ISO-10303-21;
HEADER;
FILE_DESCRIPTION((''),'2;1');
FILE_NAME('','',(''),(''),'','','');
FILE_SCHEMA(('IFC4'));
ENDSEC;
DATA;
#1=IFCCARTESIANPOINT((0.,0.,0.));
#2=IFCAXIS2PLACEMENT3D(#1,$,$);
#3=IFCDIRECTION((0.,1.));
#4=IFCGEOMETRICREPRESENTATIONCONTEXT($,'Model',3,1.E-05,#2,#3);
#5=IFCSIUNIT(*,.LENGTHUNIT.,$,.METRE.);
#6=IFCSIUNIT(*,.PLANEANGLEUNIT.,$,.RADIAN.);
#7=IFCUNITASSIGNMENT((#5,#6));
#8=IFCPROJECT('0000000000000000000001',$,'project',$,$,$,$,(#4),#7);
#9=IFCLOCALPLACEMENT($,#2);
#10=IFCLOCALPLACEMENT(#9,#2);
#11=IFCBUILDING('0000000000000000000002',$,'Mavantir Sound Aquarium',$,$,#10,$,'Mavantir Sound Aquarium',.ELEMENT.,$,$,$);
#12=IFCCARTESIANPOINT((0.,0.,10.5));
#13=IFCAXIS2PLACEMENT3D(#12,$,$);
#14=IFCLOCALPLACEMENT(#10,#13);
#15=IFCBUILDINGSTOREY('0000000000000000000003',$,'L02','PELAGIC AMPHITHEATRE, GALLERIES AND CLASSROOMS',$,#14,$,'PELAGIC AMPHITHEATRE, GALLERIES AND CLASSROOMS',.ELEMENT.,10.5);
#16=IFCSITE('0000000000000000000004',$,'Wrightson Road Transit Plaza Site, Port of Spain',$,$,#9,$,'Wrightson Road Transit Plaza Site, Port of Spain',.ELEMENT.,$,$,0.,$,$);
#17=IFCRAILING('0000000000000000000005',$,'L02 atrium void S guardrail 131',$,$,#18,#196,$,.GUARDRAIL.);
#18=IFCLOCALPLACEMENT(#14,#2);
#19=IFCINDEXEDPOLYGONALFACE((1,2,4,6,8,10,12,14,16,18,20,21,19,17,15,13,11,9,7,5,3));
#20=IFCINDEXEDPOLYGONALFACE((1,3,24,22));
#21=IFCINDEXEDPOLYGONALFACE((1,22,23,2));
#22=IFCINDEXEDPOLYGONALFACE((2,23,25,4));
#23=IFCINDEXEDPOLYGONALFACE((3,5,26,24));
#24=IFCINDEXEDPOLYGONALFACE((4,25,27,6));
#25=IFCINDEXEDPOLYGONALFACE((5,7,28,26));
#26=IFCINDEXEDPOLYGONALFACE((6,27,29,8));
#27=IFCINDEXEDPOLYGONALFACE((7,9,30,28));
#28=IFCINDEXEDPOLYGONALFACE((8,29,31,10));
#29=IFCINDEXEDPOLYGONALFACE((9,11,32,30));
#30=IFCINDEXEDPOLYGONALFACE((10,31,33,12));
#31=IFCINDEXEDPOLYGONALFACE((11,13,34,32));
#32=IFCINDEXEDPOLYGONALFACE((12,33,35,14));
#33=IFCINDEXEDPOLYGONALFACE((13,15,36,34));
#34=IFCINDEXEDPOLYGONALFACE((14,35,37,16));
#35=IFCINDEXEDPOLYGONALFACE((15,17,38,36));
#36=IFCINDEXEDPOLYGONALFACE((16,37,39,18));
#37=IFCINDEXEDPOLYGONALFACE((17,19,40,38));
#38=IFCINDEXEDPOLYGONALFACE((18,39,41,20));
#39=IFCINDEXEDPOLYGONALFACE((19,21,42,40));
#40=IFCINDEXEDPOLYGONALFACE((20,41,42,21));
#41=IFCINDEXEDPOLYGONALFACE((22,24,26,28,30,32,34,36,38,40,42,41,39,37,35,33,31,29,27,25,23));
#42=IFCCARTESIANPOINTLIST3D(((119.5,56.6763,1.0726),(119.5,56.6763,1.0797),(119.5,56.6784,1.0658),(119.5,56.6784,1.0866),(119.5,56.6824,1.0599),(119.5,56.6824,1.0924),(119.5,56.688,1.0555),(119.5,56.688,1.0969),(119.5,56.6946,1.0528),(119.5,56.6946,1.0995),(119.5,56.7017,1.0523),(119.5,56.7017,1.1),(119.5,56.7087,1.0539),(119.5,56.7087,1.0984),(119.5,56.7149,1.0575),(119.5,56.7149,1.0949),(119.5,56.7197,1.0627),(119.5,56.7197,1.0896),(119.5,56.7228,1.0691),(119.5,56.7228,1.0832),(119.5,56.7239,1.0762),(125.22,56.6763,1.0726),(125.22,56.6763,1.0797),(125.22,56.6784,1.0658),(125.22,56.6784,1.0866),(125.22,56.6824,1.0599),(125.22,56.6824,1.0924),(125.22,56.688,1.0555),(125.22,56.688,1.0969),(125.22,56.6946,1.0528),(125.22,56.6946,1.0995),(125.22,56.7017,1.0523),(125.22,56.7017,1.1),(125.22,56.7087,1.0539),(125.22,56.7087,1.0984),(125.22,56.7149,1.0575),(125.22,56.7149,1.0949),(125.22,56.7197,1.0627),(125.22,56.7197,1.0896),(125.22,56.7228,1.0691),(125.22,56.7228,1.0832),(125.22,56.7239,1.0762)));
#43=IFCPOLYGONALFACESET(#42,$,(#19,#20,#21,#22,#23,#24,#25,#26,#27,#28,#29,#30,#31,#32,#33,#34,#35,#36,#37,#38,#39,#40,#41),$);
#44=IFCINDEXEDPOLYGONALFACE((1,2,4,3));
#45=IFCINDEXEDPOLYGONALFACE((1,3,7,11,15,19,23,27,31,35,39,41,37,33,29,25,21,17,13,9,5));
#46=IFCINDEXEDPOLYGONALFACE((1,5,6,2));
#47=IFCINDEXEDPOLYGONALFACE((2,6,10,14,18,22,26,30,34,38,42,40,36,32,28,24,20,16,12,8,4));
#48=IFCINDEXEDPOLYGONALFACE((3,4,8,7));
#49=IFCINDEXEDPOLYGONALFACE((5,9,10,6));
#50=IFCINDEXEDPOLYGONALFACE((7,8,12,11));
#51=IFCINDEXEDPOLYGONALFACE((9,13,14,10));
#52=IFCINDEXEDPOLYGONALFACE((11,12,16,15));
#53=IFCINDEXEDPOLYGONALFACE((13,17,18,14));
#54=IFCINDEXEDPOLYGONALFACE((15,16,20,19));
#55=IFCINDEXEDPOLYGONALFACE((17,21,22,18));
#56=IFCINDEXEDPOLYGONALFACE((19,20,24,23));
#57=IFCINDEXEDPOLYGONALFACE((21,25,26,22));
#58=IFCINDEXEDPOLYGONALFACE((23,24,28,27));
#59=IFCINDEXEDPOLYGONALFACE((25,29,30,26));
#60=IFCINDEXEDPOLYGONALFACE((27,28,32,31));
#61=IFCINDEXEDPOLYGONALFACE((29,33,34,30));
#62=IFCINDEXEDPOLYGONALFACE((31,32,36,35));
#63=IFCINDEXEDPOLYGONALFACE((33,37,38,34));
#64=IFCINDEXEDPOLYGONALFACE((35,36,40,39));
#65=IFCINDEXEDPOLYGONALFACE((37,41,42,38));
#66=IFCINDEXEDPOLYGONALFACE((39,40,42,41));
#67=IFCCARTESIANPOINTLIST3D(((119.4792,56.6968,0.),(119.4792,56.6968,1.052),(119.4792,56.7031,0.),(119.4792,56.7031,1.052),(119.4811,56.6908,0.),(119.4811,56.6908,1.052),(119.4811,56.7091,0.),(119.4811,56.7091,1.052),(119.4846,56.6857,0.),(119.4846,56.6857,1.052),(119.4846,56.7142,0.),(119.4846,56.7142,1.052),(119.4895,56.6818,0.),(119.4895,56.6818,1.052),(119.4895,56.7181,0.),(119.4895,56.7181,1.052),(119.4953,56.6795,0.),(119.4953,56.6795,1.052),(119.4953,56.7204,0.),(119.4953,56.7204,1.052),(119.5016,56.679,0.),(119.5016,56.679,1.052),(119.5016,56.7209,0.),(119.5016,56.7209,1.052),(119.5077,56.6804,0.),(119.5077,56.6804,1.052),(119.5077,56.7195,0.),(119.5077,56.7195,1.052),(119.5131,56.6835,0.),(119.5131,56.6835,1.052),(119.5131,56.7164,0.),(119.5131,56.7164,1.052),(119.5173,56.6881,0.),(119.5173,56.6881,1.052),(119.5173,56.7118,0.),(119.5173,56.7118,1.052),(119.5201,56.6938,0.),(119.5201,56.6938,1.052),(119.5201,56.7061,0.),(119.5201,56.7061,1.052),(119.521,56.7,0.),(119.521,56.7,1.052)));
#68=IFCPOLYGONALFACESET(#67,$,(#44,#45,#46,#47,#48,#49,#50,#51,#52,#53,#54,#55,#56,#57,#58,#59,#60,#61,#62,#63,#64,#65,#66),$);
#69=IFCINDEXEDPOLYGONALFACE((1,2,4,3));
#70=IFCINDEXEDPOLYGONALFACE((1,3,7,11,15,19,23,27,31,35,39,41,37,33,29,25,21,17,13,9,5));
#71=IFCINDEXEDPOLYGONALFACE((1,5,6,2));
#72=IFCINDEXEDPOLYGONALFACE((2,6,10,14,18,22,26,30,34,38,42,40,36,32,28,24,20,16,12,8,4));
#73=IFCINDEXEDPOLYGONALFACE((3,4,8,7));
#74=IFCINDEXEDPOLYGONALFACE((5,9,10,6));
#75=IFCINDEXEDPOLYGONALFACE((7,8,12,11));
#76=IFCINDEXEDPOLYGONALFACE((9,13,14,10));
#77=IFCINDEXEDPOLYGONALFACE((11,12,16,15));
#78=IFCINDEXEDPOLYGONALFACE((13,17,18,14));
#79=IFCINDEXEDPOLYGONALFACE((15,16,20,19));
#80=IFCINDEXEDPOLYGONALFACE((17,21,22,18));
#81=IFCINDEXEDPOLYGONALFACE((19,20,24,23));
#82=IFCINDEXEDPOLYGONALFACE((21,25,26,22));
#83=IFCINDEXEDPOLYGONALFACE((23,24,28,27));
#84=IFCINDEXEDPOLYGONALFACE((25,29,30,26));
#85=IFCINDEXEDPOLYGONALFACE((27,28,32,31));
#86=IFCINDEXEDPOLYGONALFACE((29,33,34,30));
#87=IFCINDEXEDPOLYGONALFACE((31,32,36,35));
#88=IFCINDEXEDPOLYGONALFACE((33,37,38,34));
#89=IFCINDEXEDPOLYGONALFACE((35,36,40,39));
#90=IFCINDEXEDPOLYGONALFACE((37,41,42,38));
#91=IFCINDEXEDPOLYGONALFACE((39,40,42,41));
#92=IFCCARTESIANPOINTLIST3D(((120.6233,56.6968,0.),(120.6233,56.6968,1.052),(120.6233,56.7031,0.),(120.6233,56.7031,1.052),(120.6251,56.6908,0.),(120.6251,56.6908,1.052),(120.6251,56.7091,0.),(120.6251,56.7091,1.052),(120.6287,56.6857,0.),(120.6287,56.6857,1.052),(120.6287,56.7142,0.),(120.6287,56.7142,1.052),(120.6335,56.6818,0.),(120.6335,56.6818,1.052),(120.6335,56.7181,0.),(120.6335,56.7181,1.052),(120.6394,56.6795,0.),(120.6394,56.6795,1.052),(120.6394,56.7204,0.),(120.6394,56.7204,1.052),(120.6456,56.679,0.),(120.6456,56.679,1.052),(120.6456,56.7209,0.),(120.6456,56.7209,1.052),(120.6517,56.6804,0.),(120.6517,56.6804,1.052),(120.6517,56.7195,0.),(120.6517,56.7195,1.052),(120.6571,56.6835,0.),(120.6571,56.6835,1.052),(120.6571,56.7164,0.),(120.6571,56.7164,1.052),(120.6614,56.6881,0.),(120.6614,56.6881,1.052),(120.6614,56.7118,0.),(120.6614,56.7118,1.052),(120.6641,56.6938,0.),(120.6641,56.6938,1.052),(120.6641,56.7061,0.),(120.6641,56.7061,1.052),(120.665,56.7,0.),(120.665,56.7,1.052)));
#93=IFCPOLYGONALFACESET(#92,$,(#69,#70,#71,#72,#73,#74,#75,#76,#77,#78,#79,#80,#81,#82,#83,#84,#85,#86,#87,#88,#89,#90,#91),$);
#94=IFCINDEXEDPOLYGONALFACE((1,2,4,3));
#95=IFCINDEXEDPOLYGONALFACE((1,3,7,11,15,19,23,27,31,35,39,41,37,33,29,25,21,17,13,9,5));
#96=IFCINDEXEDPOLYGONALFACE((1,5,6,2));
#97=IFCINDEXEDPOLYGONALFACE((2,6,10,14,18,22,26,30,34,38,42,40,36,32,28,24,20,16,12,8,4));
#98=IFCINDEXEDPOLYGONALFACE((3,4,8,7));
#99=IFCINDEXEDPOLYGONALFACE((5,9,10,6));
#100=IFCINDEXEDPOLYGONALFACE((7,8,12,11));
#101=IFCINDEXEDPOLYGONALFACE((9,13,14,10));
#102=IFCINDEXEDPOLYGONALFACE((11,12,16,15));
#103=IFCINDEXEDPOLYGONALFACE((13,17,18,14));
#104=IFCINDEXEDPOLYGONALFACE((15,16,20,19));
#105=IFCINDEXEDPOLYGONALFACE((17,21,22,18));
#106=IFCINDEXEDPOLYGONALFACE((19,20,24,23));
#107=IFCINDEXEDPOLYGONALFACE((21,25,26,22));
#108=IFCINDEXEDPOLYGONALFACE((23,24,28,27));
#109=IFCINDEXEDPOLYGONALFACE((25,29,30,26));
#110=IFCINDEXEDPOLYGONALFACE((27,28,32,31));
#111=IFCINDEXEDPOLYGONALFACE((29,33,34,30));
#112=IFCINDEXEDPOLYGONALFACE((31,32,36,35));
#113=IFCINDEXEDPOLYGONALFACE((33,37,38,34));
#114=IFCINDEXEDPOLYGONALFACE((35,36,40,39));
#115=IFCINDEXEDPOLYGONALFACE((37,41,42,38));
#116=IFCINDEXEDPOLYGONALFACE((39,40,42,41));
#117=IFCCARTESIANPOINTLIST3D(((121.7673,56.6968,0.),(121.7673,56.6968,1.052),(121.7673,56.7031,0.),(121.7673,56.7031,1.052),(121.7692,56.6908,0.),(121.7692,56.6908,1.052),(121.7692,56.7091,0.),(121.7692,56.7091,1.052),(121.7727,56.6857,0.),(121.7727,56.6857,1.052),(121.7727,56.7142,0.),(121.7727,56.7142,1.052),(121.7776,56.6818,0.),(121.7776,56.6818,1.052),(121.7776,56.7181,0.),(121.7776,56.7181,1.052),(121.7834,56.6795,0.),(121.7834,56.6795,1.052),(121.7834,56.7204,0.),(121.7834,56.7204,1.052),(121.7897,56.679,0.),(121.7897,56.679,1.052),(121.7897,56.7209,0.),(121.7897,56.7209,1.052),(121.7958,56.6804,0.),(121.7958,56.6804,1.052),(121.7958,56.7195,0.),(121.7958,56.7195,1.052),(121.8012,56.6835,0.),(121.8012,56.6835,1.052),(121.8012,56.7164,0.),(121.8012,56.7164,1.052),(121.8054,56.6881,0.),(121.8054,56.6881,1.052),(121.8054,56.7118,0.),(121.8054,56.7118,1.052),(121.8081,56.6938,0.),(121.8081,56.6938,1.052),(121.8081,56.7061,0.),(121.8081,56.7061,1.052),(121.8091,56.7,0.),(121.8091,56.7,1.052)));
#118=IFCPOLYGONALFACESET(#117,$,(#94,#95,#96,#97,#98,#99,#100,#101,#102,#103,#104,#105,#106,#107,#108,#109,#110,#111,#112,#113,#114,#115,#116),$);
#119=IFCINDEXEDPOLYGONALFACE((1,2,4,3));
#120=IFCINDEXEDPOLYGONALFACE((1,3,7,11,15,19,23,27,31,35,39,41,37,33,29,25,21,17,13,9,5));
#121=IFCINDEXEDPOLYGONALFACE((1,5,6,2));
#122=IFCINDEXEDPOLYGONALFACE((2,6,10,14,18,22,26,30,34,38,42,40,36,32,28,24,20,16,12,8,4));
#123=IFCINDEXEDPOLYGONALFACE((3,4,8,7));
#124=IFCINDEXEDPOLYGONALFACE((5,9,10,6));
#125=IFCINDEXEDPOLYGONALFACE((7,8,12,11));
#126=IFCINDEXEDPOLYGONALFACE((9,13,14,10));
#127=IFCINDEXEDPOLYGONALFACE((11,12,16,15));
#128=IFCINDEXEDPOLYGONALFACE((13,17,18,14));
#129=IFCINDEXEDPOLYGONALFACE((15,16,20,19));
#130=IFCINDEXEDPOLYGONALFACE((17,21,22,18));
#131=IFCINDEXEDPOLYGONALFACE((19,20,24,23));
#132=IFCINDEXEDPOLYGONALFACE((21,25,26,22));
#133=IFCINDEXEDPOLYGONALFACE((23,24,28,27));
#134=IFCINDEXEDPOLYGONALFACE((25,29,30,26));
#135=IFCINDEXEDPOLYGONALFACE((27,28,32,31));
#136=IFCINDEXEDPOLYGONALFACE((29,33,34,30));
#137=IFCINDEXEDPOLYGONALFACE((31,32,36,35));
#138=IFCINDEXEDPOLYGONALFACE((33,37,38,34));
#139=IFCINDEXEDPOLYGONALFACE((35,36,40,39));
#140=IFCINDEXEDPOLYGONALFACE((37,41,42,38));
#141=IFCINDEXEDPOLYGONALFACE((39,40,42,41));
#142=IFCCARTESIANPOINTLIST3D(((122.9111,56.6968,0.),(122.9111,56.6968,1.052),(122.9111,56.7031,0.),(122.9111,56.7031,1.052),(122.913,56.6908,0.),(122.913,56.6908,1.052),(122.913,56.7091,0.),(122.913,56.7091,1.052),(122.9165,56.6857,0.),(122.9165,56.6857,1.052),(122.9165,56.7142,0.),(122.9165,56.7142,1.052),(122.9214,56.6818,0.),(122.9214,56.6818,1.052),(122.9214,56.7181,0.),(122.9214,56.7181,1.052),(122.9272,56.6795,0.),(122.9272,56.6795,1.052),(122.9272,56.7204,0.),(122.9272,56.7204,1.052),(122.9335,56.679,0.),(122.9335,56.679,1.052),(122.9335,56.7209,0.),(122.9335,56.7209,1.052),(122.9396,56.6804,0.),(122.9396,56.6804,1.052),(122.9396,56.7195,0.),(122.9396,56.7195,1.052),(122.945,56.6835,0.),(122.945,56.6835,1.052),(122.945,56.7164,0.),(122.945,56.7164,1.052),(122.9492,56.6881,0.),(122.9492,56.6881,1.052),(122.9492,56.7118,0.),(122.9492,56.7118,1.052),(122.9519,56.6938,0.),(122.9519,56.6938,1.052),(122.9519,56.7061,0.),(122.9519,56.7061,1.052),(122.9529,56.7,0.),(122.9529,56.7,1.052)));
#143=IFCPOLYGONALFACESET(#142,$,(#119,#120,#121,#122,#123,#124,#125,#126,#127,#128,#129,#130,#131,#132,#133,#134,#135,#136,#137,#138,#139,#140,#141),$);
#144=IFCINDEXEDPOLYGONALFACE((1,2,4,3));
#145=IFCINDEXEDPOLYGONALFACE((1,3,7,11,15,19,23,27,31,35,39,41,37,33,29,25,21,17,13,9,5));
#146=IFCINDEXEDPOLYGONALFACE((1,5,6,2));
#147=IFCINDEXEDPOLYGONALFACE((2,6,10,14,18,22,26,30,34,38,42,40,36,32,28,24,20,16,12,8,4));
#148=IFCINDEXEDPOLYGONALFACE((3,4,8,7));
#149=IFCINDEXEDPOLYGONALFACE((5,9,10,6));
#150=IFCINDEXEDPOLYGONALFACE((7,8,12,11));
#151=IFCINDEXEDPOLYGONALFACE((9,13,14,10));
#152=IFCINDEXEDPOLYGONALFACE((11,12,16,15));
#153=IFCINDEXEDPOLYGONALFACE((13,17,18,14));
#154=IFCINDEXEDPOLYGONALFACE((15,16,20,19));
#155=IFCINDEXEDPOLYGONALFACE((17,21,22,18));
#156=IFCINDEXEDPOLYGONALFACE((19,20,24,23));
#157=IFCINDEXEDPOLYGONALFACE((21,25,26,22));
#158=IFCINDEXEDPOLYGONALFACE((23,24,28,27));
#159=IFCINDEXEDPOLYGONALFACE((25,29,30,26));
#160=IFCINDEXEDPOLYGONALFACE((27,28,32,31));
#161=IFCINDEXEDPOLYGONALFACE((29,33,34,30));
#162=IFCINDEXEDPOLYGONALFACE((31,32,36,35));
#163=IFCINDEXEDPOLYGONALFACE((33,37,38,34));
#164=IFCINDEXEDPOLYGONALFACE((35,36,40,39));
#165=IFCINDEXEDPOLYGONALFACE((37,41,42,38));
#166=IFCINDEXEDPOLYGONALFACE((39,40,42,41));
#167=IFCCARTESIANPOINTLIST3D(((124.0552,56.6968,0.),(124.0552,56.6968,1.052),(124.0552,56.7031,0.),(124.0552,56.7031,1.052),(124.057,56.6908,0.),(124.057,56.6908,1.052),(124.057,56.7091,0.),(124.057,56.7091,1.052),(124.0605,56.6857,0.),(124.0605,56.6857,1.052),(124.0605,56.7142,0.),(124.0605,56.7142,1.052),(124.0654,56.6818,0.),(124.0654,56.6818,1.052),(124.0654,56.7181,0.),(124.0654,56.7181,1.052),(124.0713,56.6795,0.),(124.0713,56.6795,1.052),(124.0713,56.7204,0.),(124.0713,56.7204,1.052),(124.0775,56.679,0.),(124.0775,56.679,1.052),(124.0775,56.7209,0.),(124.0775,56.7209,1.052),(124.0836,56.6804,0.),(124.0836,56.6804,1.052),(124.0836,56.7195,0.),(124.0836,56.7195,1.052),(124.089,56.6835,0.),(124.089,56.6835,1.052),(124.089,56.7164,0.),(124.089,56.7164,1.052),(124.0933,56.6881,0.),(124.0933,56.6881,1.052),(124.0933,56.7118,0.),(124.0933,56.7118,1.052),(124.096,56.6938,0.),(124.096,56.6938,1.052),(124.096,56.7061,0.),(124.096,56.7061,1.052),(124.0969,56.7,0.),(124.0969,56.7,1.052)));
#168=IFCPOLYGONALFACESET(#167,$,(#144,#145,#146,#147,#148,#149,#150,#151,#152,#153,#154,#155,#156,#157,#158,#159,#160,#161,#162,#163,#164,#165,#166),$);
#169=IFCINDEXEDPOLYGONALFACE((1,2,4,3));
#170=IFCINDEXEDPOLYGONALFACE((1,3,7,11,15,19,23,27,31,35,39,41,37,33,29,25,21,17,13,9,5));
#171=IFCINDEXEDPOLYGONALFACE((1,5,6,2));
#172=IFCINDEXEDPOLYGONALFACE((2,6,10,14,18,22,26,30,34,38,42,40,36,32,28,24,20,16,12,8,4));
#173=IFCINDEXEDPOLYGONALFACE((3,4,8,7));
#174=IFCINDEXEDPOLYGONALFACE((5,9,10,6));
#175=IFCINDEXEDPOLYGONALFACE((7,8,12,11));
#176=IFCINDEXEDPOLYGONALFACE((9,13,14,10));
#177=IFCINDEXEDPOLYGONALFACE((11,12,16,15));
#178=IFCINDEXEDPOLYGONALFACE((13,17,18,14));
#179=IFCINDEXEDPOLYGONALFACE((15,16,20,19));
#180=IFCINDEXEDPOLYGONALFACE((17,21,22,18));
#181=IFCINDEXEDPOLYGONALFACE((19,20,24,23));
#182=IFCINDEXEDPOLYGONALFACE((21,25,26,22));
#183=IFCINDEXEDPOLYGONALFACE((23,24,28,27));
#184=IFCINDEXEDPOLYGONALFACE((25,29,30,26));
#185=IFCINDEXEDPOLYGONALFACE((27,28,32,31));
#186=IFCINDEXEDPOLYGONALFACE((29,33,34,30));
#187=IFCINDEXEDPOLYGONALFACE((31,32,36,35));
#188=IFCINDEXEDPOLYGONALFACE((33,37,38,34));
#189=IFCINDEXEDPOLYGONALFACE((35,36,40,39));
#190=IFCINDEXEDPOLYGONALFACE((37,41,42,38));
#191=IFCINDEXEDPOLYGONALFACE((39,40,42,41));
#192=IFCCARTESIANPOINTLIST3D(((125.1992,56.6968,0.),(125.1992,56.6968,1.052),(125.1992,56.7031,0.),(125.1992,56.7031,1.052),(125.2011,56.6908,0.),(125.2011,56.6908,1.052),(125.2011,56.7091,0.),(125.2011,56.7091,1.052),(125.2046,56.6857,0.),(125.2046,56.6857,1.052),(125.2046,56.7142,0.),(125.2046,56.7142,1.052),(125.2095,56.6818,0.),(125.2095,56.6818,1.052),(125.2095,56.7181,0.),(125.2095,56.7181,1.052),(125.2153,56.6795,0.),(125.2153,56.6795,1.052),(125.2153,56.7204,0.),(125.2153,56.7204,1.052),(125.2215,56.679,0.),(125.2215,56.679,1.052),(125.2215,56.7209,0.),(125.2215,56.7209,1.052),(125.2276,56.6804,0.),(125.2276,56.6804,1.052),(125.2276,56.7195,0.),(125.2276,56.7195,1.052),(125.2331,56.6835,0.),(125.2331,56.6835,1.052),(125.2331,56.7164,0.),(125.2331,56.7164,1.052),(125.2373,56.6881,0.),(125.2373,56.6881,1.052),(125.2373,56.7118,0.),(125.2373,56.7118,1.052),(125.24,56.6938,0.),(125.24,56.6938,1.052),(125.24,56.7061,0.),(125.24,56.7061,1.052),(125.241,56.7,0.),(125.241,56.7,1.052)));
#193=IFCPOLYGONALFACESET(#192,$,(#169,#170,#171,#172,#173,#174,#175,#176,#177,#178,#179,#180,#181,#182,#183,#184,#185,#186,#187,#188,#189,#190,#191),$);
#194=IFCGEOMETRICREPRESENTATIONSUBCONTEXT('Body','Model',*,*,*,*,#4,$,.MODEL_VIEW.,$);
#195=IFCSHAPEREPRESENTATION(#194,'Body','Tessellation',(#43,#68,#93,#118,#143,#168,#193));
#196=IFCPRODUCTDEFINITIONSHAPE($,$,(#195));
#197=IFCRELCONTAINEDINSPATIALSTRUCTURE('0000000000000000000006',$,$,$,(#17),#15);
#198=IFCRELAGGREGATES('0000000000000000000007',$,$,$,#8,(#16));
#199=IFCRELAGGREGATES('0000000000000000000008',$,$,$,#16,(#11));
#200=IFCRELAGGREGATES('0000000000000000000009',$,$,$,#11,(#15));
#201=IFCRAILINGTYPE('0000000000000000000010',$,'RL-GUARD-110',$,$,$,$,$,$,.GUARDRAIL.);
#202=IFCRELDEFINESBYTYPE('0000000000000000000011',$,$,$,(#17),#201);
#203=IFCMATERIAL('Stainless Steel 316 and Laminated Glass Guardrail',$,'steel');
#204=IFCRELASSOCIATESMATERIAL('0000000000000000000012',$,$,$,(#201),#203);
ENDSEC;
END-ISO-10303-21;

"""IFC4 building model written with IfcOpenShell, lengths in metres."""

from ifc_helpers import new_model, si_unit, direction, frame, origin, origin_2d, place, context, subcontext, project, spatial, circle, extrude, material, type_object, element, save


model = new_model("IFC4")

# Units and contexts
model_context = context("Model", 3, precision=1e-05, world=origin(), true_north=direction((0.0, 1.0)))
body_context = subcontext(model_context, "Body", "Model", "MODEL_VIEW")
ifc_project = project(units=[si_unit("LENGTHUNIT", "METRE"), si_unit("PLANEANGLEUNIT", "RADIAN")], contexts=[model_context])

# Site, building, storey
site_placement = place(None, origin())
site = spatial("IfcSite", under=ifc_project, at=site_placement, Name="Wrightson Road Transit Plaza Site, Port of Spain", LongName="Wrightson Road Transit Plaza Site, Port of Spain", CompositionType="ELEMENT", RefElevation=0.0)
building_placement = place(site_placement, origin())
building = spatial("IfcBuilding", under=site, at=building_placement, Name="Mavantir Sound Aquarium", LongName="Mavantir Sound Aquarium", CompositionType="ELEMENT")
storey_placement = place(building_placement, frame((0.0, 0.0, 10.5)))
storey = spatial("IfcBuildingStorey", under=building, at=storey_placement, Name="L02", Description="PELAGIC AMPHITHEATRE, GALLERIES AND CLASSROOMS", LongName="PELAGIC AMPHITHEATRE, GALLERIES AND CLASSROOMS", CompositionType="ELEMENT", Elevation=10.5)

# Railing
ifc_material_1 = material(Name="Stainless Steel 316 and Laminated Glass Guardrail", Category="steel")
railing_type = type_object("IfcRailingType", Name="RL-GUARD-110", PredefinedType="GUARDRAIL", material=ifc_material_1)
railing_1_placement = place(storey_placement, frame((119.5, 56.7, 0.0)))
element("IfcRailing", 1, at=railing_1_placement, inside=storey, type_object=railing_type, Name="L02 atrium void S guardrail 131", PredefinedType="GUARDRAIL", context=body_context, shape_type="SweptSolid", body=[
    extrude(circle(Radius=0.0239, at=origin_2d()), frame((0.0, 0.0, 1.0762), z_axis=(1.0, 0.0, 0.0), x_axis=(0.0, 1.0, 0.0)), (0.0, 0.0, 1.0), 5.72),
    extrude(circle(Radius=0.021, at=origin_2d()), origin(), (0.0, 0.0, 1.0), 1.052),
    extrude(circle(Radius=0.021, at=origin_2d()), frame((1.144, 0.0, 0.0)), (0.0, 0.0, 1.0), 1.052),
    extrude(circle(Radius=0.021, at=origin_2d()), frame((2.2881, 0.0, 0.0)), (0.0, 0.0, 1.0), 1.052),
    extrude(circle(Radius=0.021, at=origin_2d()), frame((3.4319, 0.0, 0.0)), (0.0, 0.0, 1.0), 1.052),
    extrude(circle(Radius=0.021, at=origin_2d()), frame((4.5759, 0.0, 0.0)), (0.0, 0.0, 1.0), 1.052),
    extrude(circle(Radius=0.021, at=origin_2d()), frame((5.72, 0.0, 0.0)), (0.0, 0.0, 1.0), 1.052),
])

save(model, "model.ifc")
